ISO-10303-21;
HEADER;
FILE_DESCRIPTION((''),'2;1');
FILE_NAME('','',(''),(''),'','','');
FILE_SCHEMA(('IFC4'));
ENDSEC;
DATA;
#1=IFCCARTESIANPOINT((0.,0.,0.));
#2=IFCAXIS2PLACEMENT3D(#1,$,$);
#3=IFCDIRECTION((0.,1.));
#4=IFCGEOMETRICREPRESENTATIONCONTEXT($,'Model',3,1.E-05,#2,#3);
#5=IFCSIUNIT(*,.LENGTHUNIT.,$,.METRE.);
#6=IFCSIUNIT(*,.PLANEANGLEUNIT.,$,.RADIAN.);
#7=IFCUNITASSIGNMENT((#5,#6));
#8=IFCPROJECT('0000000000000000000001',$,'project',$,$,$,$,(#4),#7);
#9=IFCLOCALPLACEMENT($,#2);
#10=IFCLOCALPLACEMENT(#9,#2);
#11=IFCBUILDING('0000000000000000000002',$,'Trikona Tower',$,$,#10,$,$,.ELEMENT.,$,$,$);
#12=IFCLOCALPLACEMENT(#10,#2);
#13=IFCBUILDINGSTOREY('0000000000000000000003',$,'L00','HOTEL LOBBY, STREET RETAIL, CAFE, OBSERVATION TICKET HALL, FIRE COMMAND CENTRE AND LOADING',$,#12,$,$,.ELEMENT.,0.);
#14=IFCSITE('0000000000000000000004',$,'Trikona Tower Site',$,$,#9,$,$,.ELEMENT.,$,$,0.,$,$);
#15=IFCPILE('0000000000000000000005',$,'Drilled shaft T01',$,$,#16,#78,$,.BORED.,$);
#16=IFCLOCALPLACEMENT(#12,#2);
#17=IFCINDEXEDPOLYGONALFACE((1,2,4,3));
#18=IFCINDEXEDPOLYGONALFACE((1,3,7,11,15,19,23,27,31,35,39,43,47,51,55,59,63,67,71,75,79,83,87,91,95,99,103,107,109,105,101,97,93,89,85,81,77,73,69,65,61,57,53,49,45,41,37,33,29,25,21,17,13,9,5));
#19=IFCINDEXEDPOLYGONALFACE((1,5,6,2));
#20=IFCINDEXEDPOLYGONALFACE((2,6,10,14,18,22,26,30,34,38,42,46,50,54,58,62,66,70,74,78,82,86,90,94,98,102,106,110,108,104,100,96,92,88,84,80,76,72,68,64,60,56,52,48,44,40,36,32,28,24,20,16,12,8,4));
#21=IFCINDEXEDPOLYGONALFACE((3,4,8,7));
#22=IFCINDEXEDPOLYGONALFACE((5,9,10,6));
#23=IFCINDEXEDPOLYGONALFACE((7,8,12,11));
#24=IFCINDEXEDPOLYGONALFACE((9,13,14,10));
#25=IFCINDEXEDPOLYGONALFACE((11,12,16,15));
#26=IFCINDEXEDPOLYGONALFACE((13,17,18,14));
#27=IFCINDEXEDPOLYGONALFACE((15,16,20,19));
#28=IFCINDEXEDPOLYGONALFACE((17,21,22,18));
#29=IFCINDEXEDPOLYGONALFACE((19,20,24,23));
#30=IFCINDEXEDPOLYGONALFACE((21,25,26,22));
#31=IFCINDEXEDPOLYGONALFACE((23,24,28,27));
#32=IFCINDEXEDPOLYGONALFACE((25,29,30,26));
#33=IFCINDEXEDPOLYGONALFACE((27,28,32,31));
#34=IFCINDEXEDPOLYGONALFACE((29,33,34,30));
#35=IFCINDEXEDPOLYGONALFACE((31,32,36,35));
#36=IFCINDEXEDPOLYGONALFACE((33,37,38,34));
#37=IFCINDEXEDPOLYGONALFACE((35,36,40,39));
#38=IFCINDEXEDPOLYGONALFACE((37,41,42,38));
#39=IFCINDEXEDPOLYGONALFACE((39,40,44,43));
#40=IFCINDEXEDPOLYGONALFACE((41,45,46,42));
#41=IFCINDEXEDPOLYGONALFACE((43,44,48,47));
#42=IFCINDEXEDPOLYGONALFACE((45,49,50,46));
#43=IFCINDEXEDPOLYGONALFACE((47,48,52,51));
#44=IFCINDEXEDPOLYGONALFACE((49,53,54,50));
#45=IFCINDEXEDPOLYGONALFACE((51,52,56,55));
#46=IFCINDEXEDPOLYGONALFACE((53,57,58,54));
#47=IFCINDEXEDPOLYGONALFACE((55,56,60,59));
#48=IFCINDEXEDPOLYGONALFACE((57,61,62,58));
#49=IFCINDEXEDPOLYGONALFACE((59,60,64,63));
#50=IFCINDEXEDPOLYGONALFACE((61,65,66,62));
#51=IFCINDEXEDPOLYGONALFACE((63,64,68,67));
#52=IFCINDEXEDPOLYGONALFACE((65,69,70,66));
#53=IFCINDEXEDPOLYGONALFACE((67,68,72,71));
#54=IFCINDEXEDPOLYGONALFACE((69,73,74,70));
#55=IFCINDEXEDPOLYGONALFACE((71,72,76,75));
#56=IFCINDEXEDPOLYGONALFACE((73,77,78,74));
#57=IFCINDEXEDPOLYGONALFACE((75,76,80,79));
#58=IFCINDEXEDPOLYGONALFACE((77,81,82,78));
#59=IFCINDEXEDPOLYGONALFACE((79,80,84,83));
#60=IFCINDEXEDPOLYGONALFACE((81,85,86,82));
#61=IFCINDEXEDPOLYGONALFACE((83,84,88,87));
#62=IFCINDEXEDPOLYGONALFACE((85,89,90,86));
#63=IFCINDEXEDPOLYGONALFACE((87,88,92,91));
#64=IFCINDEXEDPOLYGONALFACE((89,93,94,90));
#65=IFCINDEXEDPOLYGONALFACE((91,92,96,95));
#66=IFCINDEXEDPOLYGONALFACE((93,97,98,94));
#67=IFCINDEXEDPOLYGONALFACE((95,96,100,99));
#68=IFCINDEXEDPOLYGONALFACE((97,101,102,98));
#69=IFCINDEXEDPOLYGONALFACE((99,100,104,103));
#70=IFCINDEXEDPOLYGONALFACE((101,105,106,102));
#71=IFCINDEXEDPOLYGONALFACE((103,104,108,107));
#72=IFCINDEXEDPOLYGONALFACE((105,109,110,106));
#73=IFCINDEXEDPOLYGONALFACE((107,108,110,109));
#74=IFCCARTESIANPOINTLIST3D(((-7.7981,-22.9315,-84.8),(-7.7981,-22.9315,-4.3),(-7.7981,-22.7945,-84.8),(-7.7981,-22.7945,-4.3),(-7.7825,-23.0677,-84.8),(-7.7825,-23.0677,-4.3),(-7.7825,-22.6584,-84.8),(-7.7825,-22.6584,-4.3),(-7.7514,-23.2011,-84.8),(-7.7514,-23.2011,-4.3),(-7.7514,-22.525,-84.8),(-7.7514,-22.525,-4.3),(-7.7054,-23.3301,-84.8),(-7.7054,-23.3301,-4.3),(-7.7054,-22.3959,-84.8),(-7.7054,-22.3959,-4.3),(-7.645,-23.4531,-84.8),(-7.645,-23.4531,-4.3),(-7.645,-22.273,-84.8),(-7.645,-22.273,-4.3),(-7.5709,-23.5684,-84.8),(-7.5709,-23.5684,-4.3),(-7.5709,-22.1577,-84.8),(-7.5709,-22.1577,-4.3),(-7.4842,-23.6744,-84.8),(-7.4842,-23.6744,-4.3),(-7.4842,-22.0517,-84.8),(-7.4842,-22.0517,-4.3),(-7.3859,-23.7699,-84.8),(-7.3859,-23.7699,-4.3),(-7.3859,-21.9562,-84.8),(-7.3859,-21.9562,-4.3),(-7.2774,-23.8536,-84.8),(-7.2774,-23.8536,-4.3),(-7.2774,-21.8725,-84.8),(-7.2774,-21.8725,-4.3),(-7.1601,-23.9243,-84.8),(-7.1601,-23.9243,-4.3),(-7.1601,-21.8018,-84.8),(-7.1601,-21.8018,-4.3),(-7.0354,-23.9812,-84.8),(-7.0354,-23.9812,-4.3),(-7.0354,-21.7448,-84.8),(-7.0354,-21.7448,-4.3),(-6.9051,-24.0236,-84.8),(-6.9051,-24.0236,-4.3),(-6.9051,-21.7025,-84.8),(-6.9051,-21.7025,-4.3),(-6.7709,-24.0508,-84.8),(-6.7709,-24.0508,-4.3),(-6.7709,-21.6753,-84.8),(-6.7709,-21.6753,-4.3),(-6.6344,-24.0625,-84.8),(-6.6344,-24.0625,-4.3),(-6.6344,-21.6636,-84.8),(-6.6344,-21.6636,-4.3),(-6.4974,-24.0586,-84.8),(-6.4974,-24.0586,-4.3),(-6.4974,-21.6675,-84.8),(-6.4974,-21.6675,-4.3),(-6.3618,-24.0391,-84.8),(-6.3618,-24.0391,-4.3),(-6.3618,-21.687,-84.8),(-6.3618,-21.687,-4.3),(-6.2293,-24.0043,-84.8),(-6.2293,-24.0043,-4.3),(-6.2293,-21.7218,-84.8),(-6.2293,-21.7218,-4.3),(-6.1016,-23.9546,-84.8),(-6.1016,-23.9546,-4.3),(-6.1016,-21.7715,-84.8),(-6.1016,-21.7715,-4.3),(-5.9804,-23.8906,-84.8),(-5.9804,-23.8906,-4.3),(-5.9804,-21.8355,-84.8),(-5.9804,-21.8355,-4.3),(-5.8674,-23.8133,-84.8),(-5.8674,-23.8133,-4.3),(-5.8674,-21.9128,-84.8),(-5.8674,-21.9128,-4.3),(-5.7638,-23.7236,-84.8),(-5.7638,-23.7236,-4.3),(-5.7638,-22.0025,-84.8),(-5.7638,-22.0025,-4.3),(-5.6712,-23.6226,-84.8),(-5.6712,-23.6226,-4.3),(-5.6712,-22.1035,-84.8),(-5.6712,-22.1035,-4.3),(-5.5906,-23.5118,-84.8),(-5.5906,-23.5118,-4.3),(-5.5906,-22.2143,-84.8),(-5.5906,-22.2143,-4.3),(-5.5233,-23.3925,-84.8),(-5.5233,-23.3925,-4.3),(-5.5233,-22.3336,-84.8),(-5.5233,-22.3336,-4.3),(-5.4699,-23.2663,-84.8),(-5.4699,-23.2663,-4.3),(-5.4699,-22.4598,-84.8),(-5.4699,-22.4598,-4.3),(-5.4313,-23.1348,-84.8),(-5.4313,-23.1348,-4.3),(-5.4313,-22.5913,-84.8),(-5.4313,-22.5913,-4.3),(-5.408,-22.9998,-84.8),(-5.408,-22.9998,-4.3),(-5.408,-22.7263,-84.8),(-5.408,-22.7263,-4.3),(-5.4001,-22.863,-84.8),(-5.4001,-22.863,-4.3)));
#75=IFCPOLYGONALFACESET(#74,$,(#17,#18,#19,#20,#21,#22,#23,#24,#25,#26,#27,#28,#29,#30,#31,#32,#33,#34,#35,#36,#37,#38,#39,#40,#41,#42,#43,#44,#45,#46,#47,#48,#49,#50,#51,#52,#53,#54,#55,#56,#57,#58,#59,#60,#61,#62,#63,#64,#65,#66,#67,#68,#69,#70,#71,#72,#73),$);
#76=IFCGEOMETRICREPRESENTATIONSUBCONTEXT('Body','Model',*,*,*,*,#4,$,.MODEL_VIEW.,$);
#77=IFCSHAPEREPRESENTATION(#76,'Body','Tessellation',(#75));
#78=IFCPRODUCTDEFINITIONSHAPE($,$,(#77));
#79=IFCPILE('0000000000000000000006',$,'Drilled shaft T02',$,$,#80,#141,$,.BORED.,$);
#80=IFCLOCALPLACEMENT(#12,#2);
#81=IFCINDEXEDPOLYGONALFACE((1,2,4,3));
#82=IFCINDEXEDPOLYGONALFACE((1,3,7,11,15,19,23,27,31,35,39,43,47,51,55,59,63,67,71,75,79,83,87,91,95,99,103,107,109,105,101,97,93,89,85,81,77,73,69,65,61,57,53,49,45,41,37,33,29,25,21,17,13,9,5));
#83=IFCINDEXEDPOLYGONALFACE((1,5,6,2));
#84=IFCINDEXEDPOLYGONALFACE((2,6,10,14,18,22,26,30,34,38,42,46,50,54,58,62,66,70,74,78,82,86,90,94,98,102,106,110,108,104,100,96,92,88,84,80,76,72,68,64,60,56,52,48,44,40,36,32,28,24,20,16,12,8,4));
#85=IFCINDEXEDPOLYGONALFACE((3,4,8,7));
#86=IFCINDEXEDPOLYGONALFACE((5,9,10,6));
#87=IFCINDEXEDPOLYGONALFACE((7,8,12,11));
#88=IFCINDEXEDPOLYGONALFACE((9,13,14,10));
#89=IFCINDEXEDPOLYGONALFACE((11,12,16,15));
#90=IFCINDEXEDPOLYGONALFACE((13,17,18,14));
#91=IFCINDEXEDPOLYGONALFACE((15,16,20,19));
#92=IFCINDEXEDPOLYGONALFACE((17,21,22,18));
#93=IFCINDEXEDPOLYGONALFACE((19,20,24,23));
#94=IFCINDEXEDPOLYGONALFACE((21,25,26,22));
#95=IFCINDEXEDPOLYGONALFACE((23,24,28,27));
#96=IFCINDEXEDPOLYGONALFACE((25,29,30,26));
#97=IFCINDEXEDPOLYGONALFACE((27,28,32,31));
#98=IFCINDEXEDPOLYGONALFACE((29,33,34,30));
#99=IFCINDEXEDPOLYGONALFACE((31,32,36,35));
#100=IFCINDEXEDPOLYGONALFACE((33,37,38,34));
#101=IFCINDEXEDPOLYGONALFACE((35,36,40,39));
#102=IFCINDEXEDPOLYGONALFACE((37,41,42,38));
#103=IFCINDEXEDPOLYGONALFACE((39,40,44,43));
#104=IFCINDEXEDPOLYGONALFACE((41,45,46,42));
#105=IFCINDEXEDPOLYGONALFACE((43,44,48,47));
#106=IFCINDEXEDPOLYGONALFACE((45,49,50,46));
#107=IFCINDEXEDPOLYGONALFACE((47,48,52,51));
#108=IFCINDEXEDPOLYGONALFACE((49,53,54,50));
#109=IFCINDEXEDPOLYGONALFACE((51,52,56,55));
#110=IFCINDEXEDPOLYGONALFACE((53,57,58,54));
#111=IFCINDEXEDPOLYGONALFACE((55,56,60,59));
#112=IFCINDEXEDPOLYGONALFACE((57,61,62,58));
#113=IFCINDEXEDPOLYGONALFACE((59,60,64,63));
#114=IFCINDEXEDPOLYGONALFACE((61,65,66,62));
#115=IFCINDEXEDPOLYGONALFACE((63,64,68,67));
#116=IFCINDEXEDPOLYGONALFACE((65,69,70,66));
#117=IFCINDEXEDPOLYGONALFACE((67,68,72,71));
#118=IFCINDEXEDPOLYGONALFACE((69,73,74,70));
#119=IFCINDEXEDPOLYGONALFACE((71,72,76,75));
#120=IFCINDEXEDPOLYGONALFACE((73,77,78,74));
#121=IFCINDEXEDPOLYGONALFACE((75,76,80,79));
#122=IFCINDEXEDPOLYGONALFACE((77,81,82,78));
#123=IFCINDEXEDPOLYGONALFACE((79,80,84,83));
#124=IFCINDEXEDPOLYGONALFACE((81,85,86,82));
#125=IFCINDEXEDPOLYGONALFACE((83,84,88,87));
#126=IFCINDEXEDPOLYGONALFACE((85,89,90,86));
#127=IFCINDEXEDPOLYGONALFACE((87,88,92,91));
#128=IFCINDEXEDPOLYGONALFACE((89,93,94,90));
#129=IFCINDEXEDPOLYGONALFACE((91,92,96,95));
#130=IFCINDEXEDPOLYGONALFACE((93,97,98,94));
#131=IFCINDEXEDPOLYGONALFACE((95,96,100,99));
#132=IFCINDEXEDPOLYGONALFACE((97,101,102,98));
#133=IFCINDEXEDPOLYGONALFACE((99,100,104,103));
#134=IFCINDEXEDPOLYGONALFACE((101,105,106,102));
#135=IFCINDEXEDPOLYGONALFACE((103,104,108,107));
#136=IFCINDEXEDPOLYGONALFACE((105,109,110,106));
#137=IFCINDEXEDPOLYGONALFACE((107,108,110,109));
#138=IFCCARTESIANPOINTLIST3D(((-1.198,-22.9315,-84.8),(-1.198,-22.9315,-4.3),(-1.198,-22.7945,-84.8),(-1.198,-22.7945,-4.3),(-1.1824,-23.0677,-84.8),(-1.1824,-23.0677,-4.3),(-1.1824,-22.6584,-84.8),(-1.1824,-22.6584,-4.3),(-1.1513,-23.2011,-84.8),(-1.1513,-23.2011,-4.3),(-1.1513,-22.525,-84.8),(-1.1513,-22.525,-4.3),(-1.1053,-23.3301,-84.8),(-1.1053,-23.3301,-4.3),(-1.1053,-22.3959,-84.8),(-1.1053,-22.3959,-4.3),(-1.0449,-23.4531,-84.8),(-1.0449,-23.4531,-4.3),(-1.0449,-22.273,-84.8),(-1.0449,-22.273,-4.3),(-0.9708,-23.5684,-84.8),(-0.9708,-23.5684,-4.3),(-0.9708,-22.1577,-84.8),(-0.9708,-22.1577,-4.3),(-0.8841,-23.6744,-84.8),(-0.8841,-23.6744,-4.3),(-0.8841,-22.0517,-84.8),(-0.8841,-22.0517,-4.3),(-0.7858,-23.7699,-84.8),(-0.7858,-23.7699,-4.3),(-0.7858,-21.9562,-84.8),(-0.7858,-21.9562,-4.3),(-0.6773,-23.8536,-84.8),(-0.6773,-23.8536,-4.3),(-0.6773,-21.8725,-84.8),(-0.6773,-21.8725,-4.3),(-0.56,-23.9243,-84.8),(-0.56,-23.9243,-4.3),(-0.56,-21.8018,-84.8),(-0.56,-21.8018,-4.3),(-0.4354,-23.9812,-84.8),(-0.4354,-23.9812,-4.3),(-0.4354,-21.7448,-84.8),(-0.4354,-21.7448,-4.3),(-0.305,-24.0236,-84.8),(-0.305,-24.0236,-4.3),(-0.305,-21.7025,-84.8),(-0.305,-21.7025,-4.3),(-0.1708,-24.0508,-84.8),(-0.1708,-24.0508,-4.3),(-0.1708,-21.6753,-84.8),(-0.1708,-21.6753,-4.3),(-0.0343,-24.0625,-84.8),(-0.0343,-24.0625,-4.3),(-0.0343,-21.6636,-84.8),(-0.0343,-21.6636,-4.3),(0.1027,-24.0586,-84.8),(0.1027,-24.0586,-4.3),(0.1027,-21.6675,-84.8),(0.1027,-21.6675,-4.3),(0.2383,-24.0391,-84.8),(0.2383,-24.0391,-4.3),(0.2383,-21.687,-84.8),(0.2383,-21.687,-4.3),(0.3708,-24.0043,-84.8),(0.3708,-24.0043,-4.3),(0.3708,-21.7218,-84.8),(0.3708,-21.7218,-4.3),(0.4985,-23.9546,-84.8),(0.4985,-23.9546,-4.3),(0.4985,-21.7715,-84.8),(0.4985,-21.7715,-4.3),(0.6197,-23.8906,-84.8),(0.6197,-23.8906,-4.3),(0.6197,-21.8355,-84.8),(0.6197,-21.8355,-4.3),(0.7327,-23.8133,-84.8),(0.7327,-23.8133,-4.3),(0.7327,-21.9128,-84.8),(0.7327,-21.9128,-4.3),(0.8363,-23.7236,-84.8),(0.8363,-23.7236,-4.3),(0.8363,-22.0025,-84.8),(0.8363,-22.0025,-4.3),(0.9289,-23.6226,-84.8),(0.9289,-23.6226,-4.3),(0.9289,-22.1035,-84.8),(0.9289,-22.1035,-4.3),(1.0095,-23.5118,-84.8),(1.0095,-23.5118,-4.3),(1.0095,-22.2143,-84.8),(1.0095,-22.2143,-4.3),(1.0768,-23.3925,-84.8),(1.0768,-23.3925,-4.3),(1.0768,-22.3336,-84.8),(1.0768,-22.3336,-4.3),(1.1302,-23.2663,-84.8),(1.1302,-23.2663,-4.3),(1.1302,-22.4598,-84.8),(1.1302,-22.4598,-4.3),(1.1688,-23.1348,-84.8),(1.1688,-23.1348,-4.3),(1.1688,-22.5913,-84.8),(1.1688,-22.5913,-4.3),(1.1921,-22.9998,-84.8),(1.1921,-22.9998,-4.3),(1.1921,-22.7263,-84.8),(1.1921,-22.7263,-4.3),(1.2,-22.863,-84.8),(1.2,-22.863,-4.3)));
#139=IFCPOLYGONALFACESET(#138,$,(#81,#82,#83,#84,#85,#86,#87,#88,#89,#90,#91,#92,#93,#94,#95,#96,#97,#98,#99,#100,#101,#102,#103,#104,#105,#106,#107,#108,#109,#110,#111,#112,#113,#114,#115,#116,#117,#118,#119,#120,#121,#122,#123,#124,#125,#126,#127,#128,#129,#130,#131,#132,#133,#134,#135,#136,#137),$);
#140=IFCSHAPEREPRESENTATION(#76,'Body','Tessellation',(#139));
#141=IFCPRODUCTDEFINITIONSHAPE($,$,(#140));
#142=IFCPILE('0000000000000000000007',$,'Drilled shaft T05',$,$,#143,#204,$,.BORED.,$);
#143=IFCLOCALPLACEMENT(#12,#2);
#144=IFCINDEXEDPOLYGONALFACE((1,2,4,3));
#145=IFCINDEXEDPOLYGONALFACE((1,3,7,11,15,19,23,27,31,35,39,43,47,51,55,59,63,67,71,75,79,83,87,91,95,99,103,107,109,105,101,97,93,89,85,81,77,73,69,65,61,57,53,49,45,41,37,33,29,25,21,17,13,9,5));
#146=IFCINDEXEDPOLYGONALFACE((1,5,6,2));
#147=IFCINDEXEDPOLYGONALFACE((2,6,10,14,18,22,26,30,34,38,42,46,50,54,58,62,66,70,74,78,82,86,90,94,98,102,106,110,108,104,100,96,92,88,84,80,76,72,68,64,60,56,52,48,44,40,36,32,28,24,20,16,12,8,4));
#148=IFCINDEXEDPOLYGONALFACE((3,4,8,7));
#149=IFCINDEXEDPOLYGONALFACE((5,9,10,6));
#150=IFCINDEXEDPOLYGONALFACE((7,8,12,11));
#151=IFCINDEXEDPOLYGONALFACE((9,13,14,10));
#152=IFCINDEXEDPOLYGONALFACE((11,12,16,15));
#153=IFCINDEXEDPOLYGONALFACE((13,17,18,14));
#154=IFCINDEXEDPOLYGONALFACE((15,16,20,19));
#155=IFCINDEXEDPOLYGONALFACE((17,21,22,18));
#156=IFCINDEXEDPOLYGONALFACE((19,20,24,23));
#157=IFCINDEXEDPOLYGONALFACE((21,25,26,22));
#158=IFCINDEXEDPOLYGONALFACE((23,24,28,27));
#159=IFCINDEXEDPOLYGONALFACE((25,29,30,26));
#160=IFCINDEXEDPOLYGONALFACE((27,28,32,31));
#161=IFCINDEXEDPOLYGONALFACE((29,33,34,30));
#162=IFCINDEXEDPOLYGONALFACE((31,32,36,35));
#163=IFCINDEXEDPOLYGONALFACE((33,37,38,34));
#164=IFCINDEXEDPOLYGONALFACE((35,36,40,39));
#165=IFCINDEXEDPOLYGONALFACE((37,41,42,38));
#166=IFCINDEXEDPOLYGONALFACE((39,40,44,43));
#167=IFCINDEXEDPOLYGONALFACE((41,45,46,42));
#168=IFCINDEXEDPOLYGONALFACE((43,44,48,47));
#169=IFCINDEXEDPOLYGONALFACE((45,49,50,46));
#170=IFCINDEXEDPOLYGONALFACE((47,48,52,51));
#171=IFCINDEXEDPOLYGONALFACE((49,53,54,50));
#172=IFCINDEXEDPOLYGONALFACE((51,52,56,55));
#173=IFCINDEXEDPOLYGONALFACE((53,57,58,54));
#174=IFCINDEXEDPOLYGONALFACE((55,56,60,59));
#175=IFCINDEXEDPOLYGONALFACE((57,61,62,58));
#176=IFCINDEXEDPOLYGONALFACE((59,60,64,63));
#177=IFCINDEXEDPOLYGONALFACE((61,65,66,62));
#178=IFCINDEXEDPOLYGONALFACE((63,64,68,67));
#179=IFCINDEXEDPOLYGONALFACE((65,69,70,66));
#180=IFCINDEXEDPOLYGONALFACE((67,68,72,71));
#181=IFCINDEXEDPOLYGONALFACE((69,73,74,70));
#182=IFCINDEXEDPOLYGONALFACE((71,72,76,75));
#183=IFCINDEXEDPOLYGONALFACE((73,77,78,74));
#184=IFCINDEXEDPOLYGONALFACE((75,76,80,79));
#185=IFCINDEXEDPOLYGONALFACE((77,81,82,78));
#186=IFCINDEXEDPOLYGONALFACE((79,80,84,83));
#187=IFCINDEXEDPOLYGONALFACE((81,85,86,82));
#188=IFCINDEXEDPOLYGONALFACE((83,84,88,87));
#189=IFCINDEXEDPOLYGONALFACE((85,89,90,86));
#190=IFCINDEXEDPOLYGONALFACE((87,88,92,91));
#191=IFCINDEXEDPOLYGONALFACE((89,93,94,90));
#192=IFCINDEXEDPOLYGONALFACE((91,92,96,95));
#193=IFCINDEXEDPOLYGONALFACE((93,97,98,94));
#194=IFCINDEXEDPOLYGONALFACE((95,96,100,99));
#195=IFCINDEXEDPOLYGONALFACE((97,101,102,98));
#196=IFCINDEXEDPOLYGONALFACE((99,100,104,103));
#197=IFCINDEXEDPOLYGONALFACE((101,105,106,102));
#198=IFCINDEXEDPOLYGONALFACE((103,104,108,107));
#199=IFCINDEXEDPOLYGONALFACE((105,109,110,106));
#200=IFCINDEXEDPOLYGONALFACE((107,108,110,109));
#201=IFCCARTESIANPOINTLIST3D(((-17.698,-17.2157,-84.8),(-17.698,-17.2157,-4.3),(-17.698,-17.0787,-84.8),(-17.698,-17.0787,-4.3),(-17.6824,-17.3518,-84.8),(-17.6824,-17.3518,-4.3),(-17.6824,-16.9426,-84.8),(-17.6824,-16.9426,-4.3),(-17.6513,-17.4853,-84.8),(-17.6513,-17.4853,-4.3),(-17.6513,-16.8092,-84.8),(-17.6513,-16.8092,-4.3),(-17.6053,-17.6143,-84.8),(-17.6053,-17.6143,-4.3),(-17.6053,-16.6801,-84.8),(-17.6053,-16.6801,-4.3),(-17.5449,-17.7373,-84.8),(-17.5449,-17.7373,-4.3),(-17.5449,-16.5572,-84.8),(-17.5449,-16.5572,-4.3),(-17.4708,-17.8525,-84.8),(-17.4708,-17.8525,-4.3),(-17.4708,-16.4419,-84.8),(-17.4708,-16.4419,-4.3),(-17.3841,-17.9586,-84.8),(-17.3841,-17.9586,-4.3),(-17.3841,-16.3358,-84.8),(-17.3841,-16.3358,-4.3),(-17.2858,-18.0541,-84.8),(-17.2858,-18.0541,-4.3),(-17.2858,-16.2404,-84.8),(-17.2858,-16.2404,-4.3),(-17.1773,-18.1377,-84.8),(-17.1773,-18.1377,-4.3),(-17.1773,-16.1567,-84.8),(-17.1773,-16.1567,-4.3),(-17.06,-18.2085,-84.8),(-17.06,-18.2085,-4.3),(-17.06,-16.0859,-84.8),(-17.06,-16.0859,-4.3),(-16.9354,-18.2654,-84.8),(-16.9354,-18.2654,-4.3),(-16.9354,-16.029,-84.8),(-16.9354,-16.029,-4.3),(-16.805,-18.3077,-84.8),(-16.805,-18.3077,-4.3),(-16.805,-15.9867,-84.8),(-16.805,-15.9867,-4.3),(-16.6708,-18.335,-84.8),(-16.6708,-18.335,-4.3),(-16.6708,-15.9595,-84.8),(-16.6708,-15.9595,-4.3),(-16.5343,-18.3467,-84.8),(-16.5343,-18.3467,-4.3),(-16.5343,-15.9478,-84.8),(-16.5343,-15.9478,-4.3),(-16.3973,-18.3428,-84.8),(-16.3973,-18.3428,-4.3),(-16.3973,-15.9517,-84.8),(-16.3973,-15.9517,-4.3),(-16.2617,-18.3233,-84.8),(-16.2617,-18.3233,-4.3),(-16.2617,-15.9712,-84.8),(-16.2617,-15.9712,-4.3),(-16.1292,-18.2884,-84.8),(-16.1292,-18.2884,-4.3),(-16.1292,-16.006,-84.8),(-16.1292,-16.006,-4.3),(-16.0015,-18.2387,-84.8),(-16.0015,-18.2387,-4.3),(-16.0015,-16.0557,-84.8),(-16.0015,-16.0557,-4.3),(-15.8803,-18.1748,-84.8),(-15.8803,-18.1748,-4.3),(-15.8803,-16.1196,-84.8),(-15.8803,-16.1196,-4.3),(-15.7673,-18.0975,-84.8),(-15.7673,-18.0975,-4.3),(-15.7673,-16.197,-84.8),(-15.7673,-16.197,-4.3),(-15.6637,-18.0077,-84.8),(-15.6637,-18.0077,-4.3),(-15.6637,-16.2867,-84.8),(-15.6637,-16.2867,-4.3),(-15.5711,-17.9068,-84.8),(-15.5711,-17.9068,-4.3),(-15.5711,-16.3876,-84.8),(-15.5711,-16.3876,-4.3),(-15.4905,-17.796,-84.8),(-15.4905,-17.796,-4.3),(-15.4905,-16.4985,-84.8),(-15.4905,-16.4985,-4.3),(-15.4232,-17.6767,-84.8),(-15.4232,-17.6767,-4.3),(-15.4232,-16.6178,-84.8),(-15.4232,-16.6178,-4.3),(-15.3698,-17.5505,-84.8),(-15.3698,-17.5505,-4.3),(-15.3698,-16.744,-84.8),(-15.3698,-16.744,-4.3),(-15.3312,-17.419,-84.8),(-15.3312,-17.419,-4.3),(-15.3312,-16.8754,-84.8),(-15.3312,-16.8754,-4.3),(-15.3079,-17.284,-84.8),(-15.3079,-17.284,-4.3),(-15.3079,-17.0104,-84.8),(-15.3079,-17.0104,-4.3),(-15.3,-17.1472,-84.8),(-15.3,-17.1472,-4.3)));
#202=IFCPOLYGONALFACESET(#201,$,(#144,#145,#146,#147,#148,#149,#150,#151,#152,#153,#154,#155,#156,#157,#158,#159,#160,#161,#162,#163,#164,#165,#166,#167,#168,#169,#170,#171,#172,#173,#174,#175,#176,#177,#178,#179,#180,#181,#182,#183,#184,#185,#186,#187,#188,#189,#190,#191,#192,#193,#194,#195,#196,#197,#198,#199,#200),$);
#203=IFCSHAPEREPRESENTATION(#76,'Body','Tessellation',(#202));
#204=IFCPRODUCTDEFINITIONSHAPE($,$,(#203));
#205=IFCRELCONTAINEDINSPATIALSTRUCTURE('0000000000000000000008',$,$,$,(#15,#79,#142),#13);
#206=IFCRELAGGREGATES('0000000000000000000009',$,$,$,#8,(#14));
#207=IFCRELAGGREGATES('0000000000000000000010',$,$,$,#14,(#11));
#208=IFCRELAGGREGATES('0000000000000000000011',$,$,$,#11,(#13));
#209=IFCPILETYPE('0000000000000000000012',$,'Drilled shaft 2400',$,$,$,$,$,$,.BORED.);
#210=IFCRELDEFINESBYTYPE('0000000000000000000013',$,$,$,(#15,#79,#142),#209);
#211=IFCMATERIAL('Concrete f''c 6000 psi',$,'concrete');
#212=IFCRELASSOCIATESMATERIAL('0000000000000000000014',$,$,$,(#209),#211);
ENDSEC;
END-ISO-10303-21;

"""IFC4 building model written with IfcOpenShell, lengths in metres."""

from ifc_helpers import new_model, si_unit, direction, frame, origin, origin_2d, place, context, subcontext, project, spatial, circle, extrude, material, type_object, element, save


model = new_model("IFC4")

# Units and contexts
model_context = context("Model", 3, precision=1e-05, world=origin(), true_north=direction((0.0, 1.0)))
body_context = subcontext(model_context, "Body", "Model", "MODEL_VIEW")
ifc_project = project(units=[si_unit("LENGTHUNIT", "METRE"), si_unit("PLANEANGLEUNIT", "RADIAN")], contexts=[model_context])

# Site, building, storey
site_placement = place(None, origin())
site = spatial("IfcSite", under=ifc_project, at=site_placement, Name="Trikona Tower Site", CompositionType="ELEMENT", RefElevation=0.0)
building_placement = place(site_placement, origin())
building = spatial("IfcBuilding", under=site, at=building_placement, Name="Trikona Tower", CompositionType="ELEMENT")
storey_placement = place(building_placement, origin())
storey = spatial("IfcBuildingStorey", under=building, at=storey_placement, Name="L00", Description="HOTEL LOBBY, STREET RETAIL, CAFE, OBSERVATION TICKET HALL, FIRE COMMAND CENTRE AND LOADING", CompositionType="ELEMENT", Elevation=0.0)

# Piles
ifc_material_1 = material(Name="Concrete f'c 6000 psi", Category="concrete")
pile_type_1 = type_object("IfcPileType", Name="Drilled shaft 2400", PredefinedType="BORED", material=ifc_material_1)
for number, where, z_axis, x_axis, name in (
    (1, (-6.6001, -22.863, -4.3), (0.0, 0.0, -1.0), (1.0, 0.0, 0.0), "Drilled shaft T01"),
    (2, (0.0, -22.863, -4.3), (0.0, 0.0, -1.0), (1.0, 0.0, 0.0), "Drilled shaft T02"),
    (3, (-16.5, -17.1472, -4.3), (0.0, 0.0, -1.0), (1.0, 0.0, 0.0), "Drilled shaft T05"),
):
    element("IfcPile", number, at=place(storey_placement, frame(where, z_axis=z_axis, x_axis=x_axis)), inside=storey, type_object=pile_type_1, Name=name, PredefinedType="BORED", context=body_context, shape_type="SweptSolid", body=[
        extrude(circle(Radius=1.2, at=origin_2d()), origin(), (0.0, 0.0, 1.0), 80.5),
    ])

save(model, "model.ifc")
